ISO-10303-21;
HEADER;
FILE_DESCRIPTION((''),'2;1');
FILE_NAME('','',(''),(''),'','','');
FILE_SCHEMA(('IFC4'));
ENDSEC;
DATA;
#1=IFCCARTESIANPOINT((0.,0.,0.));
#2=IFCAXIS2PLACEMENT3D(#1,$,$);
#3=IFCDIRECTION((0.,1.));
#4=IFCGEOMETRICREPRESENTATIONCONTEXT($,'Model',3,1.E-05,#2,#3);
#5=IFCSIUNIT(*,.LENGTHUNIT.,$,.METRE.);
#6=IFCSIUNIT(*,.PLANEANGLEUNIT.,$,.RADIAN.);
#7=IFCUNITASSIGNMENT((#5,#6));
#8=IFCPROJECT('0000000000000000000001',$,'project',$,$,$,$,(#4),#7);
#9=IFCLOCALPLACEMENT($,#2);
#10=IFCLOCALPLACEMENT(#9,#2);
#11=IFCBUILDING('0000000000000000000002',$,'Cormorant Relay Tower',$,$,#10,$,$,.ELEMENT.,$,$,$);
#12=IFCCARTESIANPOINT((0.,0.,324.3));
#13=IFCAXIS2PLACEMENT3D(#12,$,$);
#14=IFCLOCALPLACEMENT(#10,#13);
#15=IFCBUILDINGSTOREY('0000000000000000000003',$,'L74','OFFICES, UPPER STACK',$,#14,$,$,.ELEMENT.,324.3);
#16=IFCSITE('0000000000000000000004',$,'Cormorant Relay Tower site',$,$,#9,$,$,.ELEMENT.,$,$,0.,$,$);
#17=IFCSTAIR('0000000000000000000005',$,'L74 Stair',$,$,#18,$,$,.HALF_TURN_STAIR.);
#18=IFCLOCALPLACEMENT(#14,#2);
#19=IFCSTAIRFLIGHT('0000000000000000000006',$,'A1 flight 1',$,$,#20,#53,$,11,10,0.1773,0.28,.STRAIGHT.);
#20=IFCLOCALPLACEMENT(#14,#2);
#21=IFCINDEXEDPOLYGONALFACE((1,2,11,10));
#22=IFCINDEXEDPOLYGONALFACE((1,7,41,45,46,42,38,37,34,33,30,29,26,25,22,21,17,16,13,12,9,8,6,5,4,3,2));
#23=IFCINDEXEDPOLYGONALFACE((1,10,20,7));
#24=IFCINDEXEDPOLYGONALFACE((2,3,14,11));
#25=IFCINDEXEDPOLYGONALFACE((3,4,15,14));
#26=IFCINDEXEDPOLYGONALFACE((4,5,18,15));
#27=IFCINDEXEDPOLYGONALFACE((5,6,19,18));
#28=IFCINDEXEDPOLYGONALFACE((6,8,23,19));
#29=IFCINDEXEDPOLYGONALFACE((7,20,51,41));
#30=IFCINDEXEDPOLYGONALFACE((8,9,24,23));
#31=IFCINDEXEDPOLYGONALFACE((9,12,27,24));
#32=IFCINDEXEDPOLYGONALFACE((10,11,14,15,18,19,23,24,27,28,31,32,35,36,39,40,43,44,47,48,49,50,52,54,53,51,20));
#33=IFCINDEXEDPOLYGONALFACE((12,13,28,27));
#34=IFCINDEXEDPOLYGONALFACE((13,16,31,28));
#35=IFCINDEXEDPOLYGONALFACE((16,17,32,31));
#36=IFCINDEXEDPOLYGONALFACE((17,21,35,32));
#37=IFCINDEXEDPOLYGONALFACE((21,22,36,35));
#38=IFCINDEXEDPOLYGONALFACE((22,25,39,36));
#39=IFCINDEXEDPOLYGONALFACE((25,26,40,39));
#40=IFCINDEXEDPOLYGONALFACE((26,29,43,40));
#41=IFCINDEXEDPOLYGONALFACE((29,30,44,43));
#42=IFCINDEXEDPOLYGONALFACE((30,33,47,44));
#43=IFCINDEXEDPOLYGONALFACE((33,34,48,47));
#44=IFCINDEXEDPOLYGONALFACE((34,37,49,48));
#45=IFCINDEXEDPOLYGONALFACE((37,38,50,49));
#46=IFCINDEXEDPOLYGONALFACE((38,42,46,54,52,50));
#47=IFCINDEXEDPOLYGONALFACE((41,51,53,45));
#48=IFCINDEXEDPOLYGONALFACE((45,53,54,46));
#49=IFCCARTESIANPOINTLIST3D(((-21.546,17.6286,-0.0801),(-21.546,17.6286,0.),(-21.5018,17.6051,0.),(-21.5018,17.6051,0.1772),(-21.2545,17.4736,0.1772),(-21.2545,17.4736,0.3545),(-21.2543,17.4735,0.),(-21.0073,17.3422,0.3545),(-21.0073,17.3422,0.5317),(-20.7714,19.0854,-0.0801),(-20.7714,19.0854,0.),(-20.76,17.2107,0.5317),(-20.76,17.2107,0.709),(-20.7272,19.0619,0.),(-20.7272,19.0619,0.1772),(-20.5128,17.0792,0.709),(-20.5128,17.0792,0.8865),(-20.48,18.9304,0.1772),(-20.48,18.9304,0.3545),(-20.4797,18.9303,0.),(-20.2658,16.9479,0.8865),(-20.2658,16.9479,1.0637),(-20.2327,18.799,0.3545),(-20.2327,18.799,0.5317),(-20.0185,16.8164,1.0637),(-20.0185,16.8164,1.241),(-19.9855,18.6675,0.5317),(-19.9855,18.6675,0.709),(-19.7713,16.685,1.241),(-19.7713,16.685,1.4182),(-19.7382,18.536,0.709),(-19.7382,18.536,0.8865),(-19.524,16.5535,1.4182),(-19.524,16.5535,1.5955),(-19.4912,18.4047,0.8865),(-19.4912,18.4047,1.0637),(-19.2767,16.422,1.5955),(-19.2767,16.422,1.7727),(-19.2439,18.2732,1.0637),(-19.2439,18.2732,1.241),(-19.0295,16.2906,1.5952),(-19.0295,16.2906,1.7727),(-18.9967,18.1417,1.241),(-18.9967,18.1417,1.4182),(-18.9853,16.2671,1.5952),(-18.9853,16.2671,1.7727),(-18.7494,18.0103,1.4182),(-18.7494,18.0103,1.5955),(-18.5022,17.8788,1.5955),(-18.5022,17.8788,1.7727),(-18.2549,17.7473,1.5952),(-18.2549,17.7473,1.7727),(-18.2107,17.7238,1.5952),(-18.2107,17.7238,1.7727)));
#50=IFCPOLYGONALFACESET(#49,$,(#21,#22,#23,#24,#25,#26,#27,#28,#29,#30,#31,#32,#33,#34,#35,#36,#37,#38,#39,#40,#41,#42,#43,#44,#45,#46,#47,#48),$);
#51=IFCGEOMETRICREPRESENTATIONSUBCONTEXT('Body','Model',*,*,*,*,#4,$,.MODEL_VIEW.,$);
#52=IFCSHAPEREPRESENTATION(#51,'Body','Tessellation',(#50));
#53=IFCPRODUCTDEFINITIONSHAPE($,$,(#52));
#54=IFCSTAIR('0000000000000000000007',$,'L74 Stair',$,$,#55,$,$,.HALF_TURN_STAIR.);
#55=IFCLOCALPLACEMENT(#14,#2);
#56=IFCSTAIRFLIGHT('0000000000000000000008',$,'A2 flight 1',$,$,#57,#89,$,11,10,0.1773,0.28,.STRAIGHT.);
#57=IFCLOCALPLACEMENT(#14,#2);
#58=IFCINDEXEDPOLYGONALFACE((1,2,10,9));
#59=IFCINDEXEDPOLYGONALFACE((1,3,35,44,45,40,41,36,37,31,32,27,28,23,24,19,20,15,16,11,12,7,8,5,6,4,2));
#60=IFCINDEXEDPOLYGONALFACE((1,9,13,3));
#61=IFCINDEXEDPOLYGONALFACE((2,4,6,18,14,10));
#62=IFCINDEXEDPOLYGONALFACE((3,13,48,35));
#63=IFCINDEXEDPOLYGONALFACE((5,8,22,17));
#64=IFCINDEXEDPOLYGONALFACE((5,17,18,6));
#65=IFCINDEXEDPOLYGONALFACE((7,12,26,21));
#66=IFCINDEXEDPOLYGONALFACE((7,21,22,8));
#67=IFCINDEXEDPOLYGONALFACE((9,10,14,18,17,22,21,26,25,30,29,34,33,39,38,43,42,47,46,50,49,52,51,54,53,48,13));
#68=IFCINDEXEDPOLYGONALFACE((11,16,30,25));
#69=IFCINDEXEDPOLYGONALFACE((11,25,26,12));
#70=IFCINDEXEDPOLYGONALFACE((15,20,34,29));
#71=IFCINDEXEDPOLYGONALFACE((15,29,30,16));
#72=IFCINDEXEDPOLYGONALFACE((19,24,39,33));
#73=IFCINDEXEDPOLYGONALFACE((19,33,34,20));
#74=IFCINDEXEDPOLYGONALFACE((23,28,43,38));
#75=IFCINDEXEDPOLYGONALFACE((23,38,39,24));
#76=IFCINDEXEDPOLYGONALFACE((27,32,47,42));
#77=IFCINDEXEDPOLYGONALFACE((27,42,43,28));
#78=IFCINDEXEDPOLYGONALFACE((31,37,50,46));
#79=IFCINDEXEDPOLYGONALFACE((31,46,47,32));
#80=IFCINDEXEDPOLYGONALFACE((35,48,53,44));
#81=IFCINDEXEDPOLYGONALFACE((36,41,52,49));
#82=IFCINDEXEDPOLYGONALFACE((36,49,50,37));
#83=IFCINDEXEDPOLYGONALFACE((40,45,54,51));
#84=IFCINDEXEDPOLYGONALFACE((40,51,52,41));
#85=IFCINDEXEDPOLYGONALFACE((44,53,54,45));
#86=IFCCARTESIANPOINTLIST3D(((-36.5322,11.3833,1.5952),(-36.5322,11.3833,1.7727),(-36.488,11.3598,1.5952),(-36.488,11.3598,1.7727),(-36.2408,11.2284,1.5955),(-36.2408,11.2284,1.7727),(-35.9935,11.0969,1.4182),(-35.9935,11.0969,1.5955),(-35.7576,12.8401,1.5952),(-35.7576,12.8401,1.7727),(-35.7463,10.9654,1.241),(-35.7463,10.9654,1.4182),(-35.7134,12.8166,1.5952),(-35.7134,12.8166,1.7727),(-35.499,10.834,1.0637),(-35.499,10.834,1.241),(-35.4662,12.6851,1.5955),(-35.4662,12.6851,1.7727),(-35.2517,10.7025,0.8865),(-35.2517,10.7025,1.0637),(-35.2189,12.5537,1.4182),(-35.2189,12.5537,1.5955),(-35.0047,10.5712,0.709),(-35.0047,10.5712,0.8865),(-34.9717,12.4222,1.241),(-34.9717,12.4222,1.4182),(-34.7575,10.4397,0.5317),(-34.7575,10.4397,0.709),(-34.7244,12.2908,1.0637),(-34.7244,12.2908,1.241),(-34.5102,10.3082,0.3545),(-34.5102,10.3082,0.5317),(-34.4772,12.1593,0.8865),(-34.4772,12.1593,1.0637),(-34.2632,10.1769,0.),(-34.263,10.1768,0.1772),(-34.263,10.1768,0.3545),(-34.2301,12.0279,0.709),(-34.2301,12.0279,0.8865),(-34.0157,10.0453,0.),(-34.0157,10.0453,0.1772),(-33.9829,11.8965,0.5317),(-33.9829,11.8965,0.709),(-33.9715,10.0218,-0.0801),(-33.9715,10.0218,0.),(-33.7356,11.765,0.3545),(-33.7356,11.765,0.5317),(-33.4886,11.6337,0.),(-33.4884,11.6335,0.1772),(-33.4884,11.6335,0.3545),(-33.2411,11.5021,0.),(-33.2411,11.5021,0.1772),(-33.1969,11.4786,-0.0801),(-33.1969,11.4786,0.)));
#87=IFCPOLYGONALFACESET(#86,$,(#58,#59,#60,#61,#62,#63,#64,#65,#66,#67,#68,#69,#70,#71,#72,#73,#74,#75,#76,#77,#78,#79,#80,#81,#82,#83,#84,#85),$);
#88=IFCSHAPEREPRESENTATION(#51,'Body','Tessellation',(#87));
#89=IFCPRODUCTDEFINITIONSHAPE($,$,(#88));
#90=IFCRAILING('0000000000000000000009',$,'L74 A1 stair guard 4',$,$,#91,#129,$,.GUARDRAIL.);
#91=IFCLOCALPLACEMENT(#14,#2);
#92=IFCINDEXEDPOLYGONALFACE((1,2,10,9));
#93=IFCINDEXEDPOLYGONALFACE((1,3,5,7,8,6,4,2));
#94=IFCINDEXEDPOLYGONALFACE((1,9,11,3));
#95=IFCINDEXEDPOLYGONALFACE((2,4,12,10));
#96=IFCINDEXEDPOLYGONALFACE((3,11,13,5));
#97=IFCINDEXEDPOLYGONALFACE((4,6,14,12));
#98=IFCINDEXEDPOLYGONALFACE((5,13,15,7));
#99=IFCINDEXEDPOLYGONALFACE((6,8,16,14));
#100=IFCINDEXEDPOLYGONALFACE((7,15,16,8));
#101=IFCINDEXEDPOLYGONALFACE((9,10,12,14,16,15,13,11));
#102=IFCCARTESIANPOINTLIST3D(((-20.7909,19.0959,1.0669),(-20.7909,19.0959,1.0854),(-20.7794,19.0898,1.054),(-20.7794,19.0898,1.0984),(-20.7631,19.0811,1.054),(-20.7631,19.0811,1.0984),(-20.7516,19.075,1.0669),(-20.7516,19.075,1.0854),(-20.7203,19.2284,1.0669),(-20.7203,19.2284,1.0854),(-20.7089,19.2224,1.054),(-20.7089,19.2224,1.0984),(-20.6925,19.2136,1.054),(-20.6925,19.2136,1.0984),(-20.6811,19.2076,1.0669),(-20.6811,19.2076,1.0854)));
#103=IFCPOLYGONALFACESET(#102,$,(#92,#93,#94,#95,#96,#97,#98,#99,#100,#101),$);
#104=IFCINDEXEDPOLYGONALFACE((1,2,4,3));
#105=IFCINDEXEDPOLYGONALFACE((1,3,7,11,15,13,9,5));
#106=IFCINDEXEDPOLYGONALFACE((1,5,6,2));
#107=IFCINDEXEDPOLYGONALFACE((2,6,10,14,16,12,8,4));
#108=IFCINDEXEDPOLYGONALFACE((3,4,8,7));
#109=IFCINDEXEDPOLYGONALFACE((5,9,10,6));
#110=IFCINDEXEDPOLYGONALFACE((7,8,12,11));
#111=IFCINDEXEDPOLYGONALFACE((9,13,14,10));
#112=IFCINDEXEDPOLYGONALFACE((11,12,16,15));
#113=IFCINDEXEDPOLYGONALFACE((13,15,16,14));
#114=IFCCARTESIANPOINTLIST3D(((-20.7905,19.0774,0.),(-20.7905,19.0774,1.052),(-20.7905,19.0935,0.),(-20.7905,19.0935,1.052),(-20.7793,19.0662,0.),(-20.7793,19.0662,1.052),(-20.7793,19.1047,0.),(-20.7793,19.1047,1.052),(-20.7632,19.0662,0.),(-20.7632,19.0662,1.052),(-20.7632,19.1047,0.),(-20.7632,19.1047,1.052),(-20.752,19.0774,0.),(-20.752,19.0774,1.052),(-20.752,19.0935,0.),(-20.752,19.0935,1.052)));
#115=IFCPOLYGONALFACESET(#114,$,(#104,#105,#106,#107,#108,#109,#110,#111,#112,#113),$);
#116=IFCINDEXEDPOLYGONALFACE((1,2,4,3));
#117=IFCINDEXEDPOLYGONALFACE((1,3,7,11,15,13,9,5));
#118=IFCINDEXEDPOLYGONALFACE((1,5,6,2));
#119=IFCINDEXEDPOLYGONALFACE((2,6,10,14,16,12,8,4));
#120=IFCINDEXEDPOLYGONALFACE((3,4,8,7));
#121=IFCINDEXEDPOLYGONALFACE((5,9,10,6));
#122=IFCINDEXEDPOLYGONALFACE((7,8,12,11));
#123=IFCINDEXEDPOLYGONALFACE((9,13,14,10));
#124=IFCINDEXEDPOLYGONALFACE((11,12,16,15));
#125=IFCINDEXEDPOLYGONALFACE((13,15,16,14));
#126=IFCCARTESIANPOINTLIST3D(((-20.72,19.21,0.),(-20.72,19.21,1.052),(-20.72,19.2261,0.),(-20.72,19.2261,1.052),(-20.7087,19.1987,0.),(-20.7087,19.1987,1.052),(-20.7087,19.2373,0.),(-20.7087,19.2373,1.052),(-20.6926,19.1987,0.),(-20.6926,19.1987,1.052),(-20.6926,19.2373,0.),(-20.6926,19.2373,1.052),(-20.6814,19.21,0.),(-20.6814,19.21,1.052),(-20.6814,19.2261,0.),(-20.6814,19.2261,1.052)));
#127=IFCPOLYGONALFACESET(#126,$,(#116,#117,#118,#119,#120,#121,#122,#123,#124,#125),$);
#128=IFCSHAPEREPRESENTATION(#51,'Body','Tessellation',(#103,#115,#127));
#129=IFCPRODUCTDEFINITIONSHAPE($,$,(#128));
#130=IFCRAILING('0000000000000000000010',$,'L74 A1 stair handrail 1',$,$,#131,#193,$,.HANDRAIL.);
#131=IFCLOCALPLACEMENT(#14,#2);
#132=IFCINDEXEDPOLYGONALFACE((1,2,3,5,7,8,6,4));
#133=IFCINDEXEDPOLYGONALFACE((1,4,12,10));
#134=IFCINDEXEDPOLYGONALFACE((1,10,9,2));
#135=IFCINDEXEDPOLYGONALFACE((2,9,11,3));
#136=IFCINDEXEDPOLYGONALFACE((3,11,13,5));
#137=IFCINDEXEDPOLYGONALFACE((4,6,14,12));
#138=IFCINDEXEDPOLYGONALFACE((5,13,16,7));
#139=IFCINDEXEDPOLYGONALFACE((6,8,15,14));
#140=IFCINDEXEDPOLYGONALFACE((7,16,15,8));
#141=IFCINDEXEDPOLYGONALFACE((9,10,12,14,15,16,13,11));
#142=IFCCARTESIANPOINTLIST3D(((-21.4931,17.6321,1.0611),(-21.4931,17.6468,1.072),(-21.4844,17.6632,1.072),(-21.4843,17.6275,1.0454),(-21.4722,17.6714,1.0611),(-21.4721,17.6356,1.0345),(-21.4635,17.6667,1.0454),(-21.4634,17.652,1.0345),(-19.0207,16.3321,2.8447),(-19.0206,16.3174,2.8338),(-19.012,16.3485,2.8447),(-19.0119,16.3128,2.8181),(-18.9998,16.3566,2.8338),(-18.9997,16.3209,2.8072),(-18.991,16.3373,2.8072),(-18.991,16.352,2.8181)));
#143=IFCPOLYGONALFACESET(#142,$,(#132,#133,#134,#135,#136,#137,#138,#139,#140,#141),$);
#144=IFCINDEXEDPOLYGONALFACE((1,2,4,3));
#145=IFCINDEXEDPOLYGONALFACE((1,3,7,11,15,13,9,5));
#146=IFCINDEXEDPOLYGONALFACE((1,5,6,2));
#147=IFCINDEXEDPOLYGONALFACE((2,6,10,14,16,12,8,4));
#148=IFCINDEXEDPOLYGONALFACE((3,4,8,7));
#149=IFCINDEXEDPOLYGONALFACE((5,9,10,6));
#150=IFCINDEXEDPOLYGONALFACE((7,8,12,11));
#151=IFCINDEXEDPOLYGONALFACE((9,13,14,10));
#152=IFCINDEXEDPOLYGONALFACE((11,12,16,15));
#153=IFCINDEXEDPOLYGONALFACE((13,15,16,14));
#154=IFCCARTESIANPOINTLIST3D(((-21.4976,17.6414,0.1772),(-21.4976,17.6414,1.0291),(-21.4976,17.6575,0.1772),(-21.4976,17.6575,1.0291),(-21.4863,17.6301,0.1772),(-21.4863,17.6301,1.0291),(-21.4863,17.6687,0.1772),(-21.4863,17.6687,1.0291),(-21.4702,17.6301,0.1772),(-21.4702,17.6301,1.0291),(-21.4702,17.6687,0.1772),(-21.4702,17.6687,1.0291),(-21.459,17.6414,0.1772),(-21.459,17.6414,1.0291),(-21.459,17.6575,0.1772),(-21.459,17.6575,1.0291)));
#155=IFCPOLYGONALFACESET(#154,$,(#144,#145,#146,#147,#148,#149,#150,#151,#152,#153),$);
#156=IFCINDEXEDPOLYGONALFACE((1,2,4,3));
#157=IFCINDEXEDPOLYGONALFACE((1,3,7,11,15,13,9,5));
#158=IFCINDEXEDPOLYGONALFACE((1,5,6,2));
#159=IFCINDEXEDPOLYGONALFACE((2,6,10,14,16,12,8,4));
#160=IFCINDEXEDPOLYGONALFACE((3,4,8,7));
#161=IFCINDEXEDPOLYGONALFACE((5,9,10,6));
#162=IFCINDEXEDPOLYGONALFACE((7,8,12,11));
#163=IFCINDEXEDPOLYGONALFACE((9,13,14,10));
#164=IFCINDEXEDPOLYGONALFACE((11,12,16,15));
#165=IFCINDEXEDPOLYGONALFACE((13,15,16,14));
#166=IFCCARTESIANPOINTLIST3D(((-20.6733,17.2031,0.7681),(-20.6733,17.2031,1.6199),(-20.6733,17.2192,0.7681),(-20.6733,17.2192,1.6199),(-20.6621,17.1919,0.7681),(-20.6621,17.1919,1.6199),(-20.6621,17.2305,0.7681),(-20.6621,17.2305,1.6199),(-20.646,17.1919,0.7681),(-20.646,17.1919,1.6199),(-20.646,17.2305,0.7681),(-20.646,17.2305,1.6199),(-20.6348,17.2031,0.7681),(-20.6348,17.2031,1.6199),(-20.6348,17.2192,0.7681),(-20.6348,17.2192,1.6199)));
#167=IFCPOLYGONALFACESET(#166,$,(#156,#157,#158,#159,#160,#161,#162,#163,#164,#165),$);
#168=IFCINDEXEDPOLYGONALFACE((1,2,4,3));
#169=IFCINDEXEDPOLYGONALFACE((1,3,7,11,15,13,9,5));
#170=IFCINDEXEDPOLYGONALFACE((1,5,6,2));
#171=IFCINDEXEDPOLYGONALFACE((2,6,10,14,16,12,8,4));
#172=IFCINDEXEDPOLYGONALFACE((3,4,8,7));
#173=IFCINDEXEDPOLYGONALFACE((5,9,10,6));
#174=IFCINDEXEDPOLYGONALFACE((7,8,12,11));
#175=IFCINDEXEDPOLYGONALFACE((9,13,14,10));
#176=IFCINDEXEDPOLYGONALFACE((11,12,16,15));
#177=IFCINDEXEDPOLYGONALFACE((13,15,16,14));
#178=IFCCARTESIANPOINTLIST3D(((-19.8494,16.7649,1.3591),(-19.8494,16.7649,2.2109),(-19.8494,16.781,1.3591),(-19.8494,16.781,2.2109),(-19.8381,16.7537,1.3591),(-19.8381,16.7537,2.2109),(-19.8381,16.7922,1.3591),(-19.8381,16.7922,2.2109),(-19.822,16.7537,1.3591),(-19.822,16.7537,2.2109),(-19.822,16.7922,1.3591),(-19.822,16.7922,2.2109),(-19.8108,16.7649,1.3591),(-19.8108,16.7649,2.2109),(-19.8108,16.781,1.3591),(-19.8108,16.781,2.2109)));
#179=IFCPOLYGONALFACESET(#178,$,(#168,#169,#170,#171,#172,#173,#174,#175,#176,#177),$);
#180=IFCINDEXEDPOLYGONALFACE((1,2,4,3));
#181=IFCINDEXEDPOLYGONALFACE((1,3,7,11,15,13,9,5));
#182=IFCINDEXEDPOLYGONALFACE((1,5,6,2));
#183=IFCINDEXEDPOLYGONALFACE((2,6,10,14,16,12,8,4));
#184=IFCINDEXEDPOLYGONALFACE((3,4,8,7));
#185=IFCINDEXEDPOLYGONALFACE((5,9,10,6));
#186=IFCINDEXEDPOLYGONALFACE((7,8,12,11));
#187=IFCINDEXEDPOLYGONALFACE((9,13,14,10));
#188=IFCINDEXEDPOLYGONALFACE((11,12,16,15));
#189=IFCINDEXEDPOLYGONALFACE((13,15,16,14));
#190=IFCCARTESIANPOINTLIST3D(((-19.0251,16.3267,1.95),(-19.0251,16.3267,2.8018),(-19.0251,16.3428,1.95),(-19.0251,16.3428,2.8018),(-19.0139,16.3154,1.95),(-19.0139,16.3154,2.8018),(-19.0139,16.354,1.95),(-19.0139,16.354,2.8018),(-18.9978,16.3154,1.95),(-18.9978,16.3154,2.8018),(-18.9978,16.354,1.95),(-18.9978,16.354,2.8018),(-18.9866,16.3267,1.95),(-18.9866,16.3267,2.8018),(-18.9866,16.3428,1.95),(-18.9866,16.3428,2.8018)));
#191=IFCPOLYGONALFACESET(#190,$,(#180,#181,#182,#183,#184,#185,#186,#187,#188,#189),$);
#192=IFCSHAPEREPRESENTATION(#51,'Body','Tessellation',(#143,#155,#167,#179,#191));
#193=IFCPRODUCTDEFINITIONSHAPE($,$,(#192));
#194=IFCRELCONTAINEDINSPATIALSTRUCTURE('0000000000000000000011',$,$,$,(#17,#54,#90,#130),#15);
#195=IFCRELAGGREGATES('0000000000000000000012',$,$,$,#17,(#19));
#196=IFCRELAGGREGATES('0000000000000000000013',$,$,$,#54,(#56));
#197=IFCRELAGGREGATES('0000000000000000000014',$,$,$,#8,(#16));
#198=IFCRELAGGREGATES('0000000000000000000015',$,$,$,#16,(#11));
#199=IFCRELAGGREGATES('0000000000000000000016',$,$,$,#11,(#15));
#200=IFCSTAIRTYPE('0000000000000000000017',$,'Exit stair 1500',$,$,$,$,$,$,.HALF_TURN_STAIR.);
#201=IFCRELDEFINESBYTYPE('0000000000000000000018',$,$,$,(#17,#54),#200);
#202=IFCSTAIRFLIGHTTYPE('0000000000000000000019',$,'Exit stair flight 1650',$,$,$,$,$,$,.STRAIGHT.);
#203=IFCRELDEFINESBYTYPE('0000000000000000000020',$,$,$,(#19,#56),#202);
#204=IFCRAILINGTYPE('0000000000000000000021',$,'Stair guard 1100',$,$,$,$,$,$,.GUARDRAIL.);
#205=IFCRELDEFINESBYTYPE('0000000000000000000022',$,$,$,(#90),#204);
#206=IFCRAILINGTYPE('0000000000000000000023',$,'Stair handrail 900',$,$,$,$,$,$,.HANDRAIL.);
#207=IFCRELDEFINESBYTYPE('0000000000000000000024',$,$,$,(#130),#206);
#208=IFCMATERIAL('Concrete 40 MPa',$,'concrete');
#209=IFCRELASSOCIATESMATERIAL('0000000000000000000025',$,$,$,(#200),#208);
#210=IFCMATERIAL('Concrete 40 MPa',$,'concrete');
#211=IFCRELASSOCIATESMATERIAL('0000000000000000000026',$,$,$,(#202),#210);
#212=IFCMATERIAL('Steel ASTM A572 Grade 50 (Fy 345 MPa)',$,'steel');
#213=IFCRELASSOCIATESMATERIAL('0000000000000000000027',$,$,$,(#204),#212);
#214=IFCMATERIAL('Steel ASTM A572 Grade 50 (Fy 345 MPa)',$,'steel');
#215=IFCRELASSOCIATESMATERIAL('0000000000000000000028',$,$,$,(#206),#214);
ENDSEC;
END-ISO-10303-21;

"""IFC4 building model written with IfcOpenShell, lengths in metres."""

from ifc_helpers import new_model, si_unit, direction, frame, origin, place, context, subcontext, project, spatial, polyline, outline, extrude, material, type_object, element, aggregate, save


model = new_model("IFC4")

# Units and contexts
model_context = context("Model", 3, precision=1e-05, world=origin(), true_north=direction((0.0, 1.0)))
body_context = subcontext(model_context, "Body", "Model", "MODEL_VIEW")
ifc_project = project(units=[si_unit("LENGTHUNIT", "METRE"), si_unit("PLANEANGLEUNIT", "RADIAN")], contexts=[model_context])

# Site, building, storey
site_placement = place(None, origin())
site = spatial("IfcSite", under=ifc_project, at=site_placement, Name="Cormorant Relay Tower site", CompositionType="ELEMENT", RefElevation=0.0)
building_placement = place(site_placement, origin())
building = spatial("IfcBuilding", under=site, at=building_placement, Name="Cormorant Relay Tower", CompositionType="ELEMENT")
storey_placement = place(building_placement, frame((0.0, 0.0, 324.3)))
storey = spatial("IfcBuildingStorey", under=building, at=storey_placement, Name="L74", Description="OFFICES, UPPER STACK", CompositionType="ELEMENT", Elevation=324.3)

# Stairs, stair flights
ifc_material_1 = material(Name="Concrete 40 MPa", Category="concrete")
stair_type = type_object("IfcStairType", Name="Exit stair 1500", PredefinedType="HALF_TURN_STAIR", material=ifc_material_1)
stair_1_placement = place(storey_placement, origin())
stair_1 = element("IfcStair", 1, at=stair_1_placement, inside=storey, type_object=stair_type, Name="L74 Stair", PredefinedType="HALF_TURN_STAIR")
ifc_material_2 = material(Name="Concrete 40 MPa", Category="concrete")
stair_flight_type = type_object("IfcStairFlightType", Name="Exit stair flight 1650", PredefinedType="STRAIGHT", material=ifc_material_2)
stair_flight_1_placement = place(storey_placement, frame((-21.1145, 18.3335, 0.0), z_axis=(0.0, 0.0, 1.0), x_axis=(0.882948, -0.469472, 0.0)))
stair_flight_1 = element("IfcStairFlight", 2, at=stair_flight_1_placement, type_object=stair_flight_type, Name="A1 flight 1", NumberOfRisers=11, NumberOfTreads=10, PredefinedType="STRAIGHT", RiserHeight=0.1773, TreadLength=0.28, context=body_context, shape_type="SweptSolid", body=[
    extrude(outline(polyline([(-0.05, -0.0801), (-0.05, 0.0), (0.0, 0.0), (0.0, 0.1772), (0.28, 0.1772), (0.28, 0.3545), (0.5601, 0.3545), (0.5601, 0.5317), (0.8401, 0.5317), (0.8401, 0.709), (1.1201, 0.709), (1.1201, 0.8865), (1.3999, 0.8865), (1.3999, 1.0637), (1.6799, 1.0637), (1.6799, 1.241), (1.96, 1.241), (1.96, 1.4182), (2.24, 1.4182), (2.24, 1.5955), (2.52, 1.5955), (2.52, 1.7727), (2.8, 1.7727), (2.8501, 1.7727), (2.8501, 1.5952), (2.8, 1.5952), (0.2803, 0.0), (-0.05, -0.0801)])), frame((0.0, 0.825, 0.0), z_axis=(0.0, -1.0, 0.0), x_axis=(1.0, 0.0, 0.0)), (0.0, 0.0, 1.0), 1.6499),
])
aggregate(stair_1, [stair_flight_1])
stair_2_placement = place(storey_placement, origin())
stair_2 = element("IfcStair", 3, at=stair_2_placement, inside=storey, type_object=stair_type, Name="L74 Stair", PredefinedType="HALF_TURN_STAIR")
stair_flight_2_placement = place(storey_placement, frame((-33.6284, 10.7737, 0.0), z_axis=(0.0, 0.0, 1.0), x_axis=(-0.882948, 0.469472, 0.0)))
stair_flight_2 = element("IfcStairFlight", 4, at=stair_flight_2_placement, type_object=stair_flight_type, Name="A2 flight 1", NumberOfRisers=11, NumberOfTreads=10, PredefinedType="STRAIGHT", RiserHeight=0.1773, TreadLength=0.28, context=body_context, shape_type="SweptSolid", body=[
    extrude(outline(polyline([(-0.05, -0.0801), (-0.05, 0.0), (0.0, 0.0), (0.0, 0.1772), (0.28, 0.1772), (0.28, 0.3545), (0.5601, 0.3545), (0.5601, 0.5317), (0.8401, 0.5317), (0.8401, 0.709), (1.1201, 0.709), (1.1201, 0.8865), (1.3999, 0.8865), (1.3999, 1.0637), (1.6799, 1.0637), (1.6799, 1.241), (1.96, 1.241), (1.96, 1.4182), (2.24, 1.4182), (2.24, 1.5955), (2.52, 1.5955), (2.52, 1.7727), (2.8, 1.7727), (2.8501, 1.7727), (2.8501, 1.5952), (2.8, 1.5952), (0.2803, 0.0), (-0.05, -0.0801)])), frame((0.0, 0.825, 0.0), z_axis=(0.0, -1.0, 0.0), x_axis=(1.0, 0.0, 0.0)), (0.0, 0.0, 1.0), 1.6499),
])
aggregate(stair_2, [stair_flight_2])

# Railings
ifc_material_3 = material(Name="Steel ASTM A572 Grade 50 (Fy 345 MPa)", Category="steel")
railing_type_1 = type_object("IfcRailingType", Name="Stair guard 1100", PredefinedType="GUARDRAIL", material=ifc_material_3)
railing_1_placement = place(storey_placement, frame((-20.7712, 19.0854, 0.0)))
element("IfcRailing", 5, at=railing_1_placement, inside=storey, type_object=railing_type_1, Name="L74 A1 stair guard 4", PredefinedType="GUARDRAIL", context=body_context, shape_type="SweptSolid", body=[
    extrude(outline(polyline([(0.0222, 0.0093), (0.0093, 0.0222), (-0.0093, 0.0222), (-0.0222, 0.0093), (-0.0222, -0.0093), (-0.0093, -0.0222), (0.0093, -0.0222), (0.0222, -0.0093), (0.0222, 0.0093)])), frame((0.0, 0.0, 1.0762), z_axis=(0.469829, 0.882758, 0.0), x_axis=(-0.882758, 0.469829, 0.0)), (0.0, 0.0, 1.0), 0.1501),
    extrude(outline(polyline([(0.0193, 0.0081), (0.0081, 0.0193), (-0.0081, 0.0193), (-0.0193, 0.0081), (-0.0193, -0.0081), (-0.0081, -0.0193), (0.0081, -0.0193), (0.0193, -0.0081), (0.0193, 0.0081)])), origin(), (0.0, 0.0, 1.0), 1.052),
    extrude(outline(polyline([(0.0193, 0.0081), (0.0081, 0.0193), (-0.0081, 0.0193), (-0.0193, 0.0081), (-0.0193, -0.0081), (-0.0081, -0.0193), (0.0081, -0.0193), (0.0193, -0.0081), (0.0193, 0.0081)])), frame((0.0706, 0.1326, 0.0)), (0.0, 0.0, 1.0), 1.052),
])
ifc_material_4 = material(Name="Steel ASTM A572 Grade 50 (Fy 345 MPa)", Category="steel")
railing_type_2 = type_object("IfcRailingType", Name="Stair handrail 900", PredefinedType="HANDRAIL", material=ifc_material_4)
railing_2_placement = place(storey_placement, frame((-21.4783, 17.6494, 0.1772)))
element("IfcRailing", 6, at=railing_2_placement, inside=storey, type_object=railing_type_2, Name="L74 A1 stair handrail 1", PredefinedType="HANDRAIL", context=body_context, shape_type="SweptSolid", body=[
    extrude(outline(polyline([(0.0222, 0.0093), (0.0093, 0.0222), (-0.0093, 0.0222), (-0.0222, 0.0093), (-0.0222, -0.0093), (-0.0093, -0.0222), (0.0093, -0.0222), (0.0222, -0.0093), (0.0222, 0.0093)])), frame((0.0, 0.0, 0.876), z_axis=(0.746012, -0.39669, 0.534886), x_axis=(0.469497, 0.882934, 0.0)), (0.0, 0.0, 1.0), 3.3142),
    extrude(outline(polyline([(0.0193, 0.0081), (0.0081, 0.0193), (-0.0081, 0.0193), (-0.0193, 0.0081), (-0.0193, -0.0081), (-0.0081, -0.0193), (0.0081, -0.0193), (0.0193, -0.0081), (0.0193, 0.0081)])), origin(), (0.0, 0.0, 1.0), 0.8518),
    extrude(outline(polyline([(0.0193, 0.0081), (0.0081, 0.0193), (-0.0081, 0.0193), (-0.0193, 0.0081), (-0.0193, -0.0081), (-0.0081, -0.0193), (0.0081, -0.0193), (0.0193, -0.0081), (0.0193, 0.0081)])), frame((0.8242, -0.4382, 0.5908)), (0.0, 0.0, 1.0), 0.8518),
    extrude(outline(polyline([(0.0193, 0.0081), (0.0081, 0.0193), (-0.0081, 0.0193), (-0.0193, 0.0081), (-0.0193, -0.0081), (-0.0081, -0.0193), (0.0081, -0.0193), (0.0193, -0.0081), (0.0193, 0.0081)])), frame((1.6482, -0.8765, 1.1819)), (0.0, 0.0, 1.0), 0.8518),
    extrude(outline(polyline([(0.0193, 0.0081), (0.0081, 0.0193), (-0.0081, 0.0193), (-0.0193, 0.0081), (-0.0193, -0.0081), (-0.0081, -0.0193), (0.0081, -0.0193), (0.0193, -0.0081), (0.0193, 0.0081)])), frame((2.4724, -1.3147, 1.7727)), (0.0, 0.0, 1.0), 0.8518),
])

save(model, "model.ifc")
